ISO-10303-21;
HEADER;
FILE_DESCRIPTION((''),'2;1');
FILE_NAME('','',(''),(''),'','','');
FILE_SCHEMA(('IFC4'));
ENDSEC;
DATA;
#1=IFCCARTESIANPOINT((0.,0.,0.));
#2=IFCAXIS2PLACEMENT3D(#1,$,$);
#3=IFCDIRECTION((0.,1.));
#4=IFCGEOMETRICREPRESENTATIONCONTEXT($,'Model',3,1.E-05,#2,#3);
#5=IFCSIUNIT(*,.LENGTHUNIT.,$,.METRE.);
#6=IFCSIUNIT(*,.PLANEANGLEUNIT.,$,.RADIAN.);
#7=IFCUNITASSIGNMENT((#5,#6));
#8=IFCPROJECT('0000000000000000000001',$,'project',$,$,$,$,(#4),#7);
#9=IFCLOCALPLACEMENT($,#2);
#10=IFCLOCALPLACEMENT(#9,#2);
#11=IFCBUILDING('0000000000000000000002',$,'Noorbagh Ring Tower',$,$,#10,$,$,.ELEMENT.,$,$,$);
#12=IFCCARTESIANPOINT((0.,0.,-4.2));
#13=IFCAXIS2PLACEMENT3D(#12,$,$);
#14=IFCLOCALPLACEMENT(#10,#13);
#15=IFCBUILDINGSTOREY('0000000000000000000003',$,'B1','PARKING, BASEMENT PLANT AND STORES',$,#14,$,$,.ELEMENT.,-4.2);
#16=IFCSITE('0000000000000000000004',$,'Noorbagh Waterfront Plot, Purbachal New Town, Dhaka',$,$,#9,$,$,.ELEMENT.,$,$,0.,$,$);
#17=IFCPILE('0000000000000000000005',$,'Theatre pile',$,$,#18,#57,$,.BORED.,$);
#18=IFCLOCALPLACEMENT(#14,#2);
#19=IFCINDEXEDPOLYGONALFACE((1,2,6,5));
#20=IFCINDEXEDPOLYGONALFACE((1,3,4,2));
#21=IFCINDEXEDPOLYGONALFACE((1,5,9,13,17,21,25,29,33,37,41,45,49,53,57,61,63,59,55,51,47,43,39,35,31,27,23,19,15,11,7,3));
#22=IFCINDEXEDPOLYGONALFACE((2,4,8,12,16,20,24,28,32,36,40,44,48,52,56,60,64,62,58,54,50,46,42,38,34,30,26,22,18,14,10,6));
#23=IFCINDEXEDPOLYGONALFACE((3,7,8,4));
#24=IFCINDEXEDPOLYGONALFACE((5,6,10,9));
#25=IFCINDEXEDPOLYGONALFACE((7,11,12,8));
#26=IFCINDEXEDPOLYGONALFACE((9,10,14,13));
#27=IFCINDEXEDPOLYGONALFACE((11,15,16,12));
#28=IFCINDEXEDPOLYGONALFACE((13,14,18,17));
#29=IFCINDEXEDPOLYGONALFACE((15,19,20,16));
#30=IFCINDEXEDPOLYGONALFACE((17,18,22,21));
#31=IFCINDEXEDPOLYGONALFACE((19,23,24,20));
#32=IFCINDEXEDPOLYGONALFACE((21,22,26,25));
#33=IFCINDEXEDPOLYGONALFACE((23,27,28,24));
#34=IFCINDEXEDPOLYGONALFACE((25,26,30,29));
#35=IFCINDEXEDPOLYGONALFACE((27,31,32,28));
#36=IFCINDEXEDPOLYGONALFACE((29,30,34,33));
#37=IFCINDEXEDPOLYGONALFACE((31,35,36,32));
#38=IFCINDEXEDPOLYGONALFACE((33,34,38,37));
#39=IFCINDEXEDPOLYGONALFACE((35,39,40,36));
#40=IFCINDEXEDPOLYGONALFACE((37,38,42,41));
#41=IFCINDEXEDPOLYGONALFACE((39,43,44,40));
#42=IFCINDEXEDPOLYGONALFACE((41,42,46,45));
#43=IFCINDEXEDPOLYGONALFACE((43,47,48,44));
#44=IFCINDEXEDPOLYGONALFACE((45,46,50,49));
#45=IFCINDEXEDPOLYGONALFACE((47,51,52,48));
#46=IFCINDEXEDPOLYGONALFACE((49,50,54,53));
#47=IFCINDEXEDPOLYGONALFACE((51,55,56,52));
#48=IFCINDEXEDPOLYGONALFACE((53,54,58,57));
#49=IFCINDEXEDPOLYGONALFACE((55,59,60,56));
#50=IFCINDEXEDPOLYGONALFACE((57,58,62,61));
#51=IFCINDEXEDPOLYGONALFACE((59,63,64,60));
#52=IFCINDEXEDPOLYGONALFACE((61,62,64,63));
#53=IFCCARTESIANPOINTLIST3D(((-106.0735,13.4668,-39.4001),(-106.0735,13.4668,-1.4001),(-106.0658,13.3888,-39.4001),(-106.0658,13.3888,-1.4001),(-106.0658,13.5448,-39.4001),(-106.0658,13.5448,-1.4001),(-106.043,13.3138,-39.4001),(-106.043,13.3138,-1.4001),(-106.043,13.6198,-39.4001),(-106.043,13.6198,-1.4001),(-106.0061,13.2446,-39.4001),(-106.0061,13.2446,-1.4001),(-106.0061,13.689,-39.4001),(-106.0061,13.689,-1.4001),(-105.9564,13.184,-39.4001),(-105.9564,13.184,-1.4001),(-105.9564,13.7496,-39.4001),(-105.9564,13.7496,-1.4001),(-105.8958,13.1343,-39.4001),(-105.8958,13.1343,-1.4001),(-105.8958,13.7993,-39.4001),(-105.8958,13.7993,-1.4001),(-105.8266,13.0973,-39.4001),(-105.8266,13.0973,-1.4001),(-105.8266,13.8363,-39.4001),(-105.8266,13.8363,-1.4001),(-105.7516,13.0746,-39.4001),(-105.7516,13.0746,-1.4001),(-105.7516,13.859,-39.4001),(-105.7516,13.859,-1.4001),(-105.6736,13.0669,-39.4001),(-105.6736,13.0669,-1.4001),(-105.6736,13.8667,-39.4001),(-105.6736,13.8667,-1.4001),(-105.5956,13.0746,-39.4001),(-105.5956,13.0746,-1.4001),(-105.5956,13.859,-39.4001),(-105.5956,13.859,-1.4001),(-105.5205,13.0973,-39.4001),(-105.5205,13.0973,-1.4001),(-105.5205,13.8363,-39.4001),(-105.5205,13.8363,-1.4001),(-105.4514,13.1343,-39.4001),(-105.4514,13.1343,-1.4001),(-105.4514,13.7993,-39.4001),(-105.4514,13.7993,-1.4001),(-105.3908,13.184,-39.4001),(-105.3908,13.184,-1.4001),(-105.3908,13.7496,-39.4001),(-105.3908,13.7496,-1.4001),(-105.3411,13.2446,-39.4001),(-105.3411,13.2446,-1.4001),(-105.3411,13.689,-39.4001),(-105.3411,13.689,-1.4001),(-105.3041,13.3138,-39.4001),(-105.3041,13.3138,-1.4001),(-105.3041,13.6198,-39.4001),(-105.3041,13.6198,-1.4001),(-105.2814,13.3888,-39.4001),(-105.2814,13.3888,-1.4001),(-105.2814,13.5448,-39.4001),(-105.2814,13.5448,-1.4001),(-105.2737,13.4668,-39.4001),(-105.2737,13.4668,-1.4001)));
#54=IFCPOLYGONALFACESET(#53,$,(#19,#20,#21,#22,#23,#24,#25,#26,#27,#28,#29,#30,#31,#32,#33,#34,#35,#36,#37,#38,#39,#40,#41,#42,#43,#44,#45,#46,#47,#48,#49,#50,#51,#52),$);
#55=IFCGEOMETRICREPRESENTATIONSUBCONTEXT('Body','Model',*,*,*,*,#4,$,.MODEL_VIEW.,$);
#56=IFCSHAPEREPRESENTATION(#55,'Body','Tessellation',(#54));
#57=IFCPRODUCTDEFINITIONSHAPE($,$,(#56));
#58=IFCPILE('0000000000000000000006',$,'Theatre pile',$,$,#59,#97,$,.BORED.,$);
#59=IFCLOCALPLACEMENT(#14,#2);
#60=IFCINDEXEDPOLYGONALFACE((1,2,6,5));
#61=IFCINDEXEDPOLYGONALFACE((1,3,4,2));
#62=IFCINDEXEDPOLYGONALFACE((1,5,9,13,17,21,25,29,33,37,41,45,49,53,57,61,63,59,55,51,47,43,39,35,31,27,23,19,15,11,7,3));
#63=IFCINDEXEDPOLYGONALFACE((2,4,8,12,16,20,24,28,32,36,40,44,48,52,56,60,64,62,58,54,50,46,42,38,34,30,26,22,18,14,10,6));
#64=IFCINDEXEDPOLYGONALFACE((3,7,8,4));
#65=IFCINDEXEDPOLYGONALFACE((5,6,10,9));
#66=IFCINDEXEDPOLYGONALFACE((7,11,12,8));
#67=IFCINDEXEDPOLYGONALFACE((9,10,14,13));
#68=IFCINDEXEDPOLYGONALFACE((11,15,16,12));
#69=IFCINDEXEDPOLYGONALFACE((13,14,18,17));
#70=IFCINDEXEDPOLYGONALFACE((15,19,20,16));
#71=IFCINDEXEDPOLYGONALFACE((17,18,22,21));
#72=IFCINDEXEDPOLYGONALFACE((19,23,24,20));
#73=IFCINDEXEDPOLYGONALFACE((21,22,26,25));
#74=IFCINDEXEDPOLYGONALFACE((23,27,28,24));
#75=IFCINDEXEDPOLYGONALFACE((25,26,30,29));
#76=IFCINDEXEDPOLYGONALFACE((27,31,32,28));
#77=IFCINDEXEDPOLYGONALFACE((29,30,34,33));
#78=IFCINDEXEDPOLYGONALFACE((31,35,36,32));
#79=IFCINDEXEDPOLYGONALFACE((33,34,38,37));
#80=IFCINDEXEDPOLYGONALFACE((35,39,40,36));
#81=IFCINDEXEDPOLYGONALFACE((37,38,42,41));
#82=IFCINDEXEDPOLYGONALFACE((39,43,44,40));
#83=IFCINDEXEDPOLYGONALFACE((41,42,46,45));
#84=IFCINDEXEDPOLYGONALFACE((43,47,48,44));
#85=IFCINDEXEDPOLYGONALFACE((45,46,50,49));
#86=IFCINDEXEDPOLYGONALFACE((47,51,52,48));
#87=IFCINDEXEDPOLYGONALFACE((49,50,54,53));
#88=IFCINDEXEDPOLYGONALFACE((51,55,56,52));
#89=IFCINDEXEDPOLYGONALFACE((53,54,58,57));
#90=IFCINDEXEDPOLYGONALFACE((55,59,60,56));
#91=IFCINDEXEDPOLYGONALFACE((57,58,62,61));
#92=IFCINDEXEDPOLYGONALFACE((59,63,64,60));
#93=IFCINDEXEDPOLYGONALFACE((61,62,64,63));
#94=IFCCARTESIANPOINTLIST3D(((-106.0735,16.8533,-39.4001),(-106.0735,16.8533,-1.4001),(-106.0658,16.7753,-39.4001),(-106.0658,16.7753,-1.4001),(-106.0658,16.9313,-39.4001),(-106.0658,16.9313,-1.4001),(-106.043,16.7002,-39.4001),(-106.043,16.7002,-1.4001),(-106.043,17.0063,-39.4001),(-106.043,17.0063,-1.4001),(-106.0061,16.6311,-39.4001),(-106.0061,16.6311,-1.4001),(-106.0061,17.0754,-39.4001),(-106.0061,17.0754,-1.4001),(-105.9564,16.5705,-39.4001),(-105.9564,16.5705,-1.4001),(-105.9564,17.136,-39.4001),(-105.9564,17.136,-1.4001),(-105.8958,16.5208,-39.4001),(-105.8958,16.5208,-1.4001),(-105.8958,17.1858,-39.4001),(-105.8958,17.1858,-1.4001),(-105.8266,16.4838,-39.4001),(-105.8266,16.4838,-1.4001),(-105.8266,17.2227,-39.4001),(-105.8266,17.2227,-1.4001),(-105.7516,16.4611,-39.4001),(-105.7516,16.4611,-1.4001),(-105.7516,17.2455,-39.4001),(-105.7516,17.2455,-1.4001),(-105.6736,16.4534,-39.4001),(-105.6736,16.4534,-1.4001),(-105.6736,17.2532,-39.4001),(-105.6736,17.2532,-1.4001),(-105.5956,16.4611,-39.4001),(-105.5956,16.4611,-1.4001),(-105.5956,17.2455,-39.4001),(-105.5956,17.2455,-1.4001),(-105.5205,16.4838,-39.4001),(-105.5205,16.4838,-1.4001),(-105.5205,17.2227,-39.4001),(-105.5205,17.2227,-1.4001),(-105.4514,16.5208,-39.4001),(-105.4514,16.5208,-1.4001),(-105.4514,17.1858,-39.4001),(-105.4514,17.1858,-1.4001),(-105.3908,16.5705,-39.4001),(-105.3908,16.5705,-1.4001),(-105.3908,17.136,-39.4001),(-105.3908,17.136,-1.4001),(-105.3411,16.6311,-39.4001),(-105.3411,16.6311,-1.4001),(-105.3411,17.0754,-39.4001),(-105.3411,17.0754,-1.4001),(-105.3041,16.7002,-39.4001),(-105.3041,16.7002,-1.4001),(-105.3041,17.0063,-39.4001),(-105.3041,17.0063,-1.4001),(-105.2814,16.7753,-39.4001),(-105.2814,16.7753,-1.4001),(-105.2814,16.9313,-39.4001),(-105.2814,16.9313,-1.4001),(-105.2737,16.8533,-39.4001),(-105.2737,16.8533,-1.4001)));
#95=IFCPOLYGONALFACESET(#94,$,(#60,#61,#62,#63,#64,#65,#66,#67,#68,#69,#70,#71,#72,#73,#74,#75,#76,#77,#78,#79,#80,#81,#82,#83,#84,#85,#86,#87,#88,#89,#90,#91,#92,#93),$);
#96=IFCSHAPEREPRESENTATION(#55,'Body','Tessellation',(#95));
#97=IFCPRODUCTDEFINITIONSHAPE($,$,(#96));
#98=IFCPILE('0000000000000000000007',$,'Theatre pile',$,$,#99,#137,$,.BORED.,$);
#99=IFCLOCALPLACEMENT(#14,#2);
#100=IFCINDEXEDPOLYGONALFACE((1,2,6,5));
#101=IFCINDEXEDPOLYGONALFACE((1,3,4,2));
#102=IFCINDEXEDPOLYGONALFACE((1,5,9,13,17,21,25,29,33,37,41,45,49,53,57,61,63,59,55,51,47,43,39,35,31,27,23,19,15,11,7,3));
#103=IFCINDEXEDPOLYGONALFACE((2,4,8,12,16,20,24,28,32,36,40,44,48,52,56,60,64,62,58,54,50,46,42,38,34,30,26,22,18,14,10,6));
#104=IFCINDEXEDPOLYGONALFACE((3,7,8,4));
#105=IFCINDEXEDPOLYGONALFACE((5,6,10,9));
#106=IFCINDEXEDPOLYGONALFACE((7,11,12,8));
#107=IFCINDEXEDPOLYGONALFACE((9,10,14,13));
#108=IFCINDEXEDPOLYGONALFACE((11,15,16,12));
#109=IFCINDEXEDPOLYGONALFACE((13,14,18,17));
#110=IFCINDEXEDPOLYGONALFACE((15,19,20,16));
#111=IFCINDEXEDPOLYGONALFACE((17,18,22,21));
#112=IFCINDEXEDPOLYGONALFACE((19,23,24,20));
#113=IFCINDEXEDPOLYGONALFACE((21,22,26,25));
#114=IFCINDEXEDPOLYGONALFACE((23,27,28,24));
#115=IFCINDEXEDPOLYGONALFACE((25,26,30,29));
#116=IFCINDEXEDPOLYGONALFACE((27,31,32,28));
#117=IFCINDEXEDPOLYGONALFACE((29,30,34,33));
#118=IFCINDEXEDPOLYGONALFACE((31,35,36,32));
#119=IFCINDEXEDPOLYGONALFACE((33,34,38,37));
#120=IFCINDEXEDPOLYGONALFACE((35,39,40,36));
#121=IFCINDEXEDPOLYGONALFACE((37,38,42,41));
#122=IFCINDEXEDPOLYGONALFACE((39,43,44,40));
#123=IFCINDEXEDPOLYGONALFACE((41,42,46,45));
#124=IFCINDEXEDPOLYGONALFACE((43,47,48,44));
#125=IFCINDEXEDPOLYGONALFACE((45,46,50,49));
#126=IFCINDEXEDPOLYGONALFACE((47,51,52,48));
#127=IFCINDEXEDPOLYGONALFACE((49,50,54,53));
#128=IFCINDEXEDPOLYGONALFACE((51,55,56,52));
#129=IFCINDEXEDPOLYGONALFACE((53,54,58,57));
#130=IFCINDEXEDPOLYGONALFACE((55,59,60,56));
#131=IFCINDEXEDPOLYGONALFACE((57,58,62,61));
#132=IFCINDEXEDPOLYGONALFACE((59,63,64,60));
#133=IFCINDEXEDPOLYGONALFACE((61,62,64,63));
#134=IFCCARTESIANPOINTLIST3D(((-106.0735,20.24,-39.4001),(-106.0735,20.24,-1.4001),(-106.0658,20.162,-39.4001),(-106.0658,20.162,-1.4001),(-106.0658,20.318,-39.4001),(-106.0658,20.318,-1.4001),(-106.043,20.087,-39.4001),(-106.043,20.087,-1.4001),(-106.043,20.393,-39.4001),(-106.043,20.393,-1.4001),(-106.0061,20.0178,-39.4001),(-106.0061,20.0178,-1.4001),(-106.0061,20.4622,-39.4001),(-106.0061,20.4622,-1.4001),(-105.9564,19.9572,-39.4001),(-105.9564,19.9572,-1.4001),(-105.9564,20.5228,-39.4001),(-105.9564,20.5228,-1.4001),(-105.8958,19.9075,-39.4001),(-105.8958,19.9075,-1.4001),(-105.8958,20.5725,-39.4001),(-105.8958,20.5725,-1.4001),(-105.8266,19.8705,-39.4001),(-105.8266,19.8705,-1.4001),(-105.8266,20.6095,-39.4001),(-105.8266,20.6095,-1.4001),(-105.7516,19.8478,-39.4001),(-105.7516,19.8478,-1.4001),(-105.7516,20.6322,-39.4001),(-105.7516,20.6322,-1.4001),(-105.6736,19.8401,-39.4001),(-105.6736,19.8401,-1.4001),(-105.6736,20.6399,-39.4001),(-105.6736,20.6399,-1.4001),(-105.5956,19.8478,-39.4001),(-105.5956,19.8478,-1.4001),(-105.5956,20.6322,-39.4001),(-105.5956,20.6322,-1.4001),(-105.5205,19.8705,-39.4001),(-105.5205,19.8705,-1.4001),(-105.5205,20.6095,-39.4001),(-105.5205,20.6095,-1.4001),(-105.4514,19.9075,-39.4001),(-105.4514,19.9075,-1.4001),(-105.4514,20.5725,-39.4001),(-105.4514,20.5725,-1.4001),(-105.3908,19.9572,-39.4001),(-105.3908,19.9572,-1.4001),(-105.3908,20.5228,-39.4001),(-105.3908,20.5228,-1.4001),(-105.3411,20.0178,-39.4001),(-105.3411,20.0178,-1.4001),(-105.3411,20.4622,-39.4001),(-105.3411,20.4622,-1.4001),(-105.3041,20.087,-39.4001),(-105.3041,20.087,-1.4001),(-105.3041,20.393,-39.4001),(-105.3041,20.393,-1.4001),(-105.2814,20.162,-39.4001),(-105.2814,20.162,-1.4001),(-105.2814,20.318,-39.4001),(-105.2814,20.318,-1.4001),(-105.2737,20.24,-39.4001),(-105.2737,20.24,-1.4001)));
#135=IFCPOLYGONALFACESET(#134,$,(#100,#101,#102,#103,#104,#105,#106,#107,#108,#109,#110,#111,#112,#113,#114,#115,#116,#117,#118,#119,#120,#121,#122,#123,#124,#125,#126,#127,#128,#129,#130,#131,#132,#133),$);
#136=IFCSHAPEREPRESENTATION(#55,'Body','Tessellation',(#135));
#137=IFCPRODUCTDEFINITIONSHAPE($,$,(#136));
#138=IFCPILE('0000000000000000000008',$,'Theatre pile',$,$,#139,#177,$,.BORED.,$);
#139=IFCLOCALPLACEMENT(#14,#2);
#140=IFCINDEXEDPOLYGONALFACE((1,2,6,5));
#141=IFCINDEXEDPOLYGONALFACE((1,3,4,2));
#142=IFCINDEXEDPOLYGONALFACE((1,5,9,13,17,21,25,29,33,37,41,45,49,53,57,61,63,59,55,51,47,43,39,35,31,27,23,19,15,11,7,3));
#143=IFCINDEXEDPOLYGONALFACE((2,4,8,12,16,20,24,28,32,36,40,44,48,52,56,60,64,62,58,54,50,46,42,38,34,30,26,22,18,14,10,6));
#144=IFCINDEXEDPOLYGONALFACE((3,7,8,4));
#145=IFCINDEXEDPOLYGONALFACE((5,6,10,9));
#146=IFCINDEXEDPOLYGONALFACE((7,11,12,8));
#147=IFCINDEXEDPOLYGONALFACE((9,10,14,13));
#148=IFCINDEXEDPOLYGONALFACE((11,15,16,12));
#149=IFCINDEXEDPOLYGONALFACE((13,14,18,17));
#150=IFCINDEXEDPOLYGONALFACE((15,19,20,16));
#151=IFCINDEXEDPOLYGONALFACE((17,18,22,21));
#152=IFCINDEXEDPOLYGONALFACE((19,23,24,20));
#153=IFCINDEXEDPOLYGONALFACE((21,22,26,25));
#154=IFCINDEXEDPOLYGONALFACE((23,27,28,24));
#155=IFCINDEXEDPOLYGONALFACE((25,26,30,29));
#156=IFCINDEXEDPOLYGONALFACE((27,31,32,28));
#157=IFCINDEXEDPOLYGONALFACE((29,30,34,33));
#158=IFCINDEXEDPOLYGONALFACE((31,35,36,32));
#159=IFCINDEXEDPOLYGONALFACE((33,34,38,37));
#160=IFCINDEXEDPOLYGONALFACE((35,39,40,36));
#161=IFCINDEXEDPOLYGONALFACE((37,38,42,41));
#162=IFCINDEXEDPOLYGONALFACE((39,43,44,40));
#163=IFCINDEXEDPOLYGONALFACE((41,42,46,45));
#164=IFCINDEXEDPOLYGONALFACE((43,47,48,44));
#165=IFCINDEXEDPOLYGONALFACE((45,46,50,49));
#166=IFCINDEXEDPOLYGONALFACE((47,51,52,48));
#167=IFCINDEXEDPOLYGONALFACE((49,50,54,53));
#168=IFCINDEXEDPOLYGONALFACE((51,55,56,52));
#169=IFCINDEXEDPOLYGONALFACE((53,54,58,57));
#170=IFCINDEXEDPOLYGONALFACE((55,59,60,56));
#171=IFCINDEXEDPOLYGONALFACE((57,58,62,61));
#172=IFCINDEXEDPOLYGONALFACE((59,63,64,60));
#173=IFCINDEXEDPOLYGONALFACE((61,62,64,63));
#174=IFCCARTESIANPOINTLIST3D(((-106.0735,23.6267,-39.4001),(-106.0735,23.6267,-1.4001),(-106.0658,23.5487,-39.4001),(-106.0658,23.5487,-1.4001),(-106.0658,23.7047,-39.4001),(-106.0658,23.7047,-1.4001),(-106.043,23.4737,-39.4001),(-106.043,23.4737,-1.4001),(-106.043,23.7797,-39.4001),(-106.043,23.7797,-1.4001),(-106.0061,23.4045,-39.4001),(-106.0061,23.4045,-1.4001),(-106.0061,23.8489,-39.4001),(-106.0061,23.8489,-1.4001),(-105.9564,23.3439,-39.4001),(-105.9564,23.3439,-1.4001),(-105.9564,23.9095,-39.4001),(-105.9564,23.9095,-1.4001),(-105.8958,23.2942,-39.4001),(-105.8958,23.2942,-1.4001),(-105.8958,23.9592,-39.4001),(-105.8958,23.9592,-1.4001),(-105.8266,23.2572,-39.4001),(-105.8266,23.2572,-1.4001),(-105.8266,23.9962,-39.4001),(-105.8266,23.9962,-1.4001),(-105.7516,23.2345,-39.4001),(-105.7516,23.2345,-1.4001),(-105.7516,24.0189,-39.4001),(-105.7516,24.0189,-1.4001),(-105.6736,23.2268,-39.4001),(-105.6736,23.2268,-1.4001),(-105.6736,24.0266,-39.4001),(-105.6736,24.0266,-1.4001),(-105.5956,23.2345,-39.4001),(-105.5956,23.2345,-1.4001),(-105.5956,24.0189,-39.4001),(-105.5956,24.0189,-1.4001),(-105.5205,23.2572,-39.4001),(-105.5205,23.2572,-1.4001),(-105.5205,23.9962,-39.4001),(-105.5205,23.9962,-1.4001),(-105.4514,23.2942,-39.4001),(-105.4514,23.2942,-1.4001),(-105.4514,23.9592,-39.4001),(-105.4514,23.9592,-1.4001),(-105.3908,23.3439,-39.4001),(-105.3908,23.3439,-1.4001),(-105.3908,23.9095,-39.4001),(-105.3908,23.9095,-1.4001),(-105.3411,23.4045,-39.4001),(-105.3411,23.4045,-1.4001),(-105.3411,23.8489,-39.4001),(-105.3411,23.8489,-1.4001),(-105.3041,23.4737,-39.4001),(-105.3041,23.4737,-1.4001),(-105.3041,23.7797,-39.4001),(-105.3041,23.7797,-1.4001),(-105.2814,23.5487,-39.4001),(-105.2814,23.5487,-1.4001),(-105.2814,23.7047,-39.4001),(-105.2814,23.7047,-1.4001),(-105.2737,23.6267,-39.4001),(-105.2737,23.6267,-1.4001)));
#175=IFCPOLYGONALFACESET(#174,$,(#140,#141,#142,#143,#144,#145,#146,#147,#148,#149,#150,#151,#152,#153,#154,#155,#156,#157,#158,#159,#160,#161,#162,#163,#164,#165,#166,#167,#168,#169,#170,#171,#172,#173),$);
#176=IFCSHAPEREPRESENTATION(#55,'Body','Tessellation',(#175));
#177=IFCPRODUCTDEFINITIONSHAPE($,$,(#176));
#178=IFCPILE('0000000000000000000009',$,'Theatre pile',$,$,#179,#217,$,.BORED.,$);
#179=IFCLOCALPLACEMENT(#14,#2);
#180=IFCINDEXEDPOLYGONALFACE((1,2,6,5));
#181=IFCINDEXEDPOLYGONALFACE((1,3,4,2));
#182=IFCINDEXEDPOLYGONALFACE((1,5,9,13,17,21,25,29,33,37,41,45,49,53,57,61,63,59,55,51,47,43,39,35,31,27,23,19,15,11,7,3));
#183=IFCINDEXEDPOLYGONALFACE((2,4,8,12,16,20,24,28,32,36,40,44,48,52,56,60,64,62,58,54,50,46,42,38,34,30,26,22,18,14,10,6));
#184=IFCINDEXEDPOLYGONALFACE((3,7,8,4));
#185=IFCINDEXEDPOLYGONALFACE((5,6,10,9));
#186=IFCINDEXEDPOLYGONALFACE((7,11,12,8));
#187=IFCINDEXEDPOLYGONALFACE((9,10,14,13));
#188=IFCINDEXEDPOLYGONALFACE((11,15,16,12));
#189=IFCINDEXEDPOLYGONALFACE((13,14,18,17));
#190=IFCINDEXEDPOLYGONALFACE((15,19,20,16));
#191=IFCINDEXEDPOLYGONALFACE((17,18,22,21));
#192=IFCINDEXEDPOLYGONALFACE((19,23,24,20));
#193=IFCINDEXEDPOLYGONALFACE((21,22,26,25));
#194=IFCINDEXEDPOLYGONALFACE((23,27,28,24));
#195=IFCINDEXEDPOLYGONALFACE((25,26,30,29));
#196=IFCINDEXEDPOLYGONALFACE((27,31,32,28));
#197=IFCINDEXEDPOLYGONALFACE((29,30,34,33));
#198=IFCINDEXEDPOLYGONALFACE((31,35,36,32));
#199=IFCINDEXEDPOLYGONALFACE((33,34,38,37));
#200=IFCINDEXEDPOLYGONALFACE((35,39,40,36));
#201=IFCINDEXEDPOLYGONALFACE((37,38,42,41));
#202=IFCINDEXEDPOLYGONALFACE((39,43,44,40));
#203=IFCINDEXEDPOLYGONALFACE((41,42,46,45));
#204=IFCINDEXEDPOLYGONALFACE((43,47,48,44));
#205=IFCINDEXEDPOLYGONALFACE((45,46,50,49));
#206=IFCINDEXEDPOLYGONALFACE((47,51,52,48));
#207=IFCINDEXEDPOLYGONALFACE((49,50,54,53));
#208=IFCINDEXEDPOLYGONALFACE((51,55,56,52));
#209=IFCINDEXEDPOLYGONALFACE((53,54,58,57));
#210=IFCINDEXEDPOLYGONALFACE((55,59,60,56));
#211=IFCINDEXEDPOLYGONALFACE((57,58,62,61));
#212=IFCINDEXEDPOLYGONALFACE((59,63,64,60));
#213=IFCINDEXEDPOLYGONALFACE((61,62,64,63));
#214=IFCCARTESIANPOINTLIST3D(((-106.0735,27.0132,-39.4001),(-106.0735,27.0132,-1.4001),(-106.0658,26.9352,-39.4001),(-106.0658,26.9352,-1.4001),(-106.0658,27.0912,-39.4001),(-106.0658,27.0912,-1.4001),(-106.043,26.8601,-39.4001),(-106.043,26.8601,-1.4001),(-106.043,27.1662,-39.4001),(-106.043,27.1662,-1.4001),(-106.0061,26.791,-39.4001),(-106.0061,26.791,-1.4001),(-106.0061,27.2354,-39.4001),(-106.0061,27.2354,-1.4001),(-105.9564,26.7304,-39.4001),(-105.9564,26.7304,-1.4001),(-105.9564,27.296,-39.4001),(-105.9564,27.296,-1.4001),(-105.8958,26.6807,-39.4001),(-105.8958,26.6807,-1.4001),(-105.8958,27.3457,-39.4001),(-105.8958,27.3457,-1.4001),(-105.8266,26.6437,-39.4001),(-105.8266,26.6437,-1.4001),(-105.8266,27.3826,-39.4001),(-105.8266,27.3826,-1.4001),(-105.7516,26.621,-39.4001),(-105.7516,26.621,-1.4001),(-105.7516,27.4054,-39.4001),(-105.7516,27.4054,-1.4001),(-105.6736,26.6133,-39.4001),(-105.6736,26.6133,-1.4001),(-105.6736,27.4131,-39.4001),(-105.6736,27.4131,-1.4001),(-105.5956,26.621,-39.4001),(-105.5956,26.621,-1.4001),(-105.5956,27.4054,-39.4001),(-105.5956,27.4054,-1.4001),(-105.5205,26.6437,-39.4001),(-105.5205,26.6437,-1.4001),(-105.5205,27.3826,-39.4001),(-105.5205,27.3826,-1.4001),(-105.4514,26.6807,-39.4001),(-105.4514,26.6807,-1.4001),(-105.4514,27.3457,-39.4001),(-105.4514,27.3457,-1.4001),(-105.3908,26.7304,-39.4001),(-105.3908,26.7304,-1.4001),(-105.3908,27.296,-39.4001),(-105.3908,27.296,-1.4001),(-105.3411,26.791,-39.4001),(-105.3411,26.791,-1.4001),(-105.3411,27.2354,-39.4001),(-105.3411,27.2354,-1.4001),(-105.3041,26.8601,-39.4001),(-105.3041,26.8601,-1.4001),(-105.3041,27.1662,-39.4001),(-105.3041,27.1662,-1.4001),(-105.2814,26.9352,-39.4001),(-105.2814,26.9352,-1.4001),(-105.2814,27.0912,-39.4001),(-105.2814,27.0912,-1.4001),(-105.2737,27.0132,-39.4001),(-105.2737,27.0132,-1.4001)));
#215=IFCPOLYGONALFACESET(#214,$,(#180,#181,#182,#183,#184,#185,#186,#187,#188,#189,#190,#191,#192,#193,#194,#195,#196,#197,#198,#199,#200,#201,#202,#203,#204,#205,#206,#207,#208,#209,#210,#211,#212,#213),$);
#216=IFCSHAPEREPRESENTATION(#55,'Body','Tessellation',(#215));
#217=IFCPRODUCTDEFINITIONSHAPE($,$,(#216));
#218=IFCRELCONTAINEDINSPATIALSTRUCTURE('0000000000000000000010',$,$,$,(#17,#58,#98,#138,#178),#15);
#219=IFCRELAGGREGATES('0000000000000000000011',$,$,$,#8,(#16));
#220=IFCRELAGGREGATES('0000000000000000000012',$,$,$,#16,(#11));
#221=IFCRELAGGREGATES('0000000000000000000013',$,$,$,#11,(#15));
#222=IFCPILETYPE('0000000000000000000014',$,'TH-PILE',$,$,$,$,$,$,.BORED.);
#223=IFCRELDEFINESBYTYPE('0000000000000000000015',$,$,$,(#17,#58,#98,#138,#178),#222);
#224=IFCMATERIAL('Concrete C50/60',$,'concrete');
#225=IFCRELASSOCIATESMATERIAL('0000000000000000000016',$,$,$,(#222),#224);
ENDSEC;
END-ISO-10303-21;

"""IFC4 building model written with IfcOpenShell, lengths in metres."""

from ifc_helpers import new_model, si_unit, direction, frame, origin, origin_2d, place, context, subcontext, project, spatial, circle, extrude, material, material_profile, profile_set, type_object, element, save


model = new_model("IFC4")

# Units and contexts
model_context = context("Model", 3, precision=1e-05, world=origin(), true_north=direction((0.0, 1.0)))
body_context = subcontext(model_context, "Body", "Model", "MODEL_VIEW")
ifc_project = project(units=[si_unit("LENGTHUNIT", "METRE"), si_unit("PLANEANGLEUNIT", "RADIAN")], contexts=[model_context])

# Site, building, storey
site_placement = place(None, origin())
site = spatial("IfcSite", under=ifc_project, at=site_placement, Name="Noorbagh Waterfront Plot, Purbachal New Town, Dhaka", CompositionType="ELEMENT", RefElevation=0.0)
building_placement = place(site_placement, origin())
building = spatial("IfcBuilding", under=site, at=building_placement, Name="Noorbagh Ring Tower", CompositionType="ELEMENT")
storey_placement = place(building_placement, frame((0.0, 0.0, -4.2)))
storey = spatial("IfcBuildingStorey", under=building, at=storey_placement, Name="B1", Description="PARKING, BASEMENT PLANT AND STORES", CompositionType="ELEMENT", Elevation=-4.2)

# Piles
ifc_material_1 = material(Name="Concrete C50/60", Category="concrete")
ifc_material_profile_1 = material_profile(ifc_material_1, circle(Radius=0.3999, at=origin_2d()), Name="PILE800")
ifc_profile_set_1 = profile_set([ifc_material_profile_1], Name="Concrete C50/60")
pile_type = type_object("IfcPileType", Name="TH-PILE", PredefinedType="BORED", material=ifc_profile_set_1)
for number, where, z_axis, x_axis, name in (
    (1, (-105.6736, 13.4668, -1.4001), (0.0, 0.0, -1.0), (1.0, 0.0, 0.0), "Theatre pile"),
    (2, (-105.6736, 16.8533, -1.4001), (0.0, 0.0, -1.0), (1.0, 0.0, 0.0), "Theatre pile"),
    (3, (-105.6736, 20.24, -1.4001), (0.0, 0.0, -1.0), (1.0, 0.0, 0.0), "Theatre pile"),
    (4, (-105.6736, 23.6267, -1.4001), (0.0, 0.0, -1.0), (1.0, 0.0, 0.0), "Theatre pile"),
    (5, (-105.6736, 27.0132, -1.4001), (0.0, 0.0, -1.0), (1.0, 0.0, 0.0), "Theatre pile"),
):
    element("IfcPile", number, at=place(storey_placement, frame(where, z_axis=z_axis, x_axis=x_axis)), inside=storey, type_object=pile_type, Name=name, PredefinedType="BORED", context=body_context, shape_type="SweptSolid", body=[
        extrude(circle(Radius=0.3999, at=origin_2d()), origin(), (0.0, 0.0, 1.0), 38.0),
    ])

save(model, "model.ifc")
